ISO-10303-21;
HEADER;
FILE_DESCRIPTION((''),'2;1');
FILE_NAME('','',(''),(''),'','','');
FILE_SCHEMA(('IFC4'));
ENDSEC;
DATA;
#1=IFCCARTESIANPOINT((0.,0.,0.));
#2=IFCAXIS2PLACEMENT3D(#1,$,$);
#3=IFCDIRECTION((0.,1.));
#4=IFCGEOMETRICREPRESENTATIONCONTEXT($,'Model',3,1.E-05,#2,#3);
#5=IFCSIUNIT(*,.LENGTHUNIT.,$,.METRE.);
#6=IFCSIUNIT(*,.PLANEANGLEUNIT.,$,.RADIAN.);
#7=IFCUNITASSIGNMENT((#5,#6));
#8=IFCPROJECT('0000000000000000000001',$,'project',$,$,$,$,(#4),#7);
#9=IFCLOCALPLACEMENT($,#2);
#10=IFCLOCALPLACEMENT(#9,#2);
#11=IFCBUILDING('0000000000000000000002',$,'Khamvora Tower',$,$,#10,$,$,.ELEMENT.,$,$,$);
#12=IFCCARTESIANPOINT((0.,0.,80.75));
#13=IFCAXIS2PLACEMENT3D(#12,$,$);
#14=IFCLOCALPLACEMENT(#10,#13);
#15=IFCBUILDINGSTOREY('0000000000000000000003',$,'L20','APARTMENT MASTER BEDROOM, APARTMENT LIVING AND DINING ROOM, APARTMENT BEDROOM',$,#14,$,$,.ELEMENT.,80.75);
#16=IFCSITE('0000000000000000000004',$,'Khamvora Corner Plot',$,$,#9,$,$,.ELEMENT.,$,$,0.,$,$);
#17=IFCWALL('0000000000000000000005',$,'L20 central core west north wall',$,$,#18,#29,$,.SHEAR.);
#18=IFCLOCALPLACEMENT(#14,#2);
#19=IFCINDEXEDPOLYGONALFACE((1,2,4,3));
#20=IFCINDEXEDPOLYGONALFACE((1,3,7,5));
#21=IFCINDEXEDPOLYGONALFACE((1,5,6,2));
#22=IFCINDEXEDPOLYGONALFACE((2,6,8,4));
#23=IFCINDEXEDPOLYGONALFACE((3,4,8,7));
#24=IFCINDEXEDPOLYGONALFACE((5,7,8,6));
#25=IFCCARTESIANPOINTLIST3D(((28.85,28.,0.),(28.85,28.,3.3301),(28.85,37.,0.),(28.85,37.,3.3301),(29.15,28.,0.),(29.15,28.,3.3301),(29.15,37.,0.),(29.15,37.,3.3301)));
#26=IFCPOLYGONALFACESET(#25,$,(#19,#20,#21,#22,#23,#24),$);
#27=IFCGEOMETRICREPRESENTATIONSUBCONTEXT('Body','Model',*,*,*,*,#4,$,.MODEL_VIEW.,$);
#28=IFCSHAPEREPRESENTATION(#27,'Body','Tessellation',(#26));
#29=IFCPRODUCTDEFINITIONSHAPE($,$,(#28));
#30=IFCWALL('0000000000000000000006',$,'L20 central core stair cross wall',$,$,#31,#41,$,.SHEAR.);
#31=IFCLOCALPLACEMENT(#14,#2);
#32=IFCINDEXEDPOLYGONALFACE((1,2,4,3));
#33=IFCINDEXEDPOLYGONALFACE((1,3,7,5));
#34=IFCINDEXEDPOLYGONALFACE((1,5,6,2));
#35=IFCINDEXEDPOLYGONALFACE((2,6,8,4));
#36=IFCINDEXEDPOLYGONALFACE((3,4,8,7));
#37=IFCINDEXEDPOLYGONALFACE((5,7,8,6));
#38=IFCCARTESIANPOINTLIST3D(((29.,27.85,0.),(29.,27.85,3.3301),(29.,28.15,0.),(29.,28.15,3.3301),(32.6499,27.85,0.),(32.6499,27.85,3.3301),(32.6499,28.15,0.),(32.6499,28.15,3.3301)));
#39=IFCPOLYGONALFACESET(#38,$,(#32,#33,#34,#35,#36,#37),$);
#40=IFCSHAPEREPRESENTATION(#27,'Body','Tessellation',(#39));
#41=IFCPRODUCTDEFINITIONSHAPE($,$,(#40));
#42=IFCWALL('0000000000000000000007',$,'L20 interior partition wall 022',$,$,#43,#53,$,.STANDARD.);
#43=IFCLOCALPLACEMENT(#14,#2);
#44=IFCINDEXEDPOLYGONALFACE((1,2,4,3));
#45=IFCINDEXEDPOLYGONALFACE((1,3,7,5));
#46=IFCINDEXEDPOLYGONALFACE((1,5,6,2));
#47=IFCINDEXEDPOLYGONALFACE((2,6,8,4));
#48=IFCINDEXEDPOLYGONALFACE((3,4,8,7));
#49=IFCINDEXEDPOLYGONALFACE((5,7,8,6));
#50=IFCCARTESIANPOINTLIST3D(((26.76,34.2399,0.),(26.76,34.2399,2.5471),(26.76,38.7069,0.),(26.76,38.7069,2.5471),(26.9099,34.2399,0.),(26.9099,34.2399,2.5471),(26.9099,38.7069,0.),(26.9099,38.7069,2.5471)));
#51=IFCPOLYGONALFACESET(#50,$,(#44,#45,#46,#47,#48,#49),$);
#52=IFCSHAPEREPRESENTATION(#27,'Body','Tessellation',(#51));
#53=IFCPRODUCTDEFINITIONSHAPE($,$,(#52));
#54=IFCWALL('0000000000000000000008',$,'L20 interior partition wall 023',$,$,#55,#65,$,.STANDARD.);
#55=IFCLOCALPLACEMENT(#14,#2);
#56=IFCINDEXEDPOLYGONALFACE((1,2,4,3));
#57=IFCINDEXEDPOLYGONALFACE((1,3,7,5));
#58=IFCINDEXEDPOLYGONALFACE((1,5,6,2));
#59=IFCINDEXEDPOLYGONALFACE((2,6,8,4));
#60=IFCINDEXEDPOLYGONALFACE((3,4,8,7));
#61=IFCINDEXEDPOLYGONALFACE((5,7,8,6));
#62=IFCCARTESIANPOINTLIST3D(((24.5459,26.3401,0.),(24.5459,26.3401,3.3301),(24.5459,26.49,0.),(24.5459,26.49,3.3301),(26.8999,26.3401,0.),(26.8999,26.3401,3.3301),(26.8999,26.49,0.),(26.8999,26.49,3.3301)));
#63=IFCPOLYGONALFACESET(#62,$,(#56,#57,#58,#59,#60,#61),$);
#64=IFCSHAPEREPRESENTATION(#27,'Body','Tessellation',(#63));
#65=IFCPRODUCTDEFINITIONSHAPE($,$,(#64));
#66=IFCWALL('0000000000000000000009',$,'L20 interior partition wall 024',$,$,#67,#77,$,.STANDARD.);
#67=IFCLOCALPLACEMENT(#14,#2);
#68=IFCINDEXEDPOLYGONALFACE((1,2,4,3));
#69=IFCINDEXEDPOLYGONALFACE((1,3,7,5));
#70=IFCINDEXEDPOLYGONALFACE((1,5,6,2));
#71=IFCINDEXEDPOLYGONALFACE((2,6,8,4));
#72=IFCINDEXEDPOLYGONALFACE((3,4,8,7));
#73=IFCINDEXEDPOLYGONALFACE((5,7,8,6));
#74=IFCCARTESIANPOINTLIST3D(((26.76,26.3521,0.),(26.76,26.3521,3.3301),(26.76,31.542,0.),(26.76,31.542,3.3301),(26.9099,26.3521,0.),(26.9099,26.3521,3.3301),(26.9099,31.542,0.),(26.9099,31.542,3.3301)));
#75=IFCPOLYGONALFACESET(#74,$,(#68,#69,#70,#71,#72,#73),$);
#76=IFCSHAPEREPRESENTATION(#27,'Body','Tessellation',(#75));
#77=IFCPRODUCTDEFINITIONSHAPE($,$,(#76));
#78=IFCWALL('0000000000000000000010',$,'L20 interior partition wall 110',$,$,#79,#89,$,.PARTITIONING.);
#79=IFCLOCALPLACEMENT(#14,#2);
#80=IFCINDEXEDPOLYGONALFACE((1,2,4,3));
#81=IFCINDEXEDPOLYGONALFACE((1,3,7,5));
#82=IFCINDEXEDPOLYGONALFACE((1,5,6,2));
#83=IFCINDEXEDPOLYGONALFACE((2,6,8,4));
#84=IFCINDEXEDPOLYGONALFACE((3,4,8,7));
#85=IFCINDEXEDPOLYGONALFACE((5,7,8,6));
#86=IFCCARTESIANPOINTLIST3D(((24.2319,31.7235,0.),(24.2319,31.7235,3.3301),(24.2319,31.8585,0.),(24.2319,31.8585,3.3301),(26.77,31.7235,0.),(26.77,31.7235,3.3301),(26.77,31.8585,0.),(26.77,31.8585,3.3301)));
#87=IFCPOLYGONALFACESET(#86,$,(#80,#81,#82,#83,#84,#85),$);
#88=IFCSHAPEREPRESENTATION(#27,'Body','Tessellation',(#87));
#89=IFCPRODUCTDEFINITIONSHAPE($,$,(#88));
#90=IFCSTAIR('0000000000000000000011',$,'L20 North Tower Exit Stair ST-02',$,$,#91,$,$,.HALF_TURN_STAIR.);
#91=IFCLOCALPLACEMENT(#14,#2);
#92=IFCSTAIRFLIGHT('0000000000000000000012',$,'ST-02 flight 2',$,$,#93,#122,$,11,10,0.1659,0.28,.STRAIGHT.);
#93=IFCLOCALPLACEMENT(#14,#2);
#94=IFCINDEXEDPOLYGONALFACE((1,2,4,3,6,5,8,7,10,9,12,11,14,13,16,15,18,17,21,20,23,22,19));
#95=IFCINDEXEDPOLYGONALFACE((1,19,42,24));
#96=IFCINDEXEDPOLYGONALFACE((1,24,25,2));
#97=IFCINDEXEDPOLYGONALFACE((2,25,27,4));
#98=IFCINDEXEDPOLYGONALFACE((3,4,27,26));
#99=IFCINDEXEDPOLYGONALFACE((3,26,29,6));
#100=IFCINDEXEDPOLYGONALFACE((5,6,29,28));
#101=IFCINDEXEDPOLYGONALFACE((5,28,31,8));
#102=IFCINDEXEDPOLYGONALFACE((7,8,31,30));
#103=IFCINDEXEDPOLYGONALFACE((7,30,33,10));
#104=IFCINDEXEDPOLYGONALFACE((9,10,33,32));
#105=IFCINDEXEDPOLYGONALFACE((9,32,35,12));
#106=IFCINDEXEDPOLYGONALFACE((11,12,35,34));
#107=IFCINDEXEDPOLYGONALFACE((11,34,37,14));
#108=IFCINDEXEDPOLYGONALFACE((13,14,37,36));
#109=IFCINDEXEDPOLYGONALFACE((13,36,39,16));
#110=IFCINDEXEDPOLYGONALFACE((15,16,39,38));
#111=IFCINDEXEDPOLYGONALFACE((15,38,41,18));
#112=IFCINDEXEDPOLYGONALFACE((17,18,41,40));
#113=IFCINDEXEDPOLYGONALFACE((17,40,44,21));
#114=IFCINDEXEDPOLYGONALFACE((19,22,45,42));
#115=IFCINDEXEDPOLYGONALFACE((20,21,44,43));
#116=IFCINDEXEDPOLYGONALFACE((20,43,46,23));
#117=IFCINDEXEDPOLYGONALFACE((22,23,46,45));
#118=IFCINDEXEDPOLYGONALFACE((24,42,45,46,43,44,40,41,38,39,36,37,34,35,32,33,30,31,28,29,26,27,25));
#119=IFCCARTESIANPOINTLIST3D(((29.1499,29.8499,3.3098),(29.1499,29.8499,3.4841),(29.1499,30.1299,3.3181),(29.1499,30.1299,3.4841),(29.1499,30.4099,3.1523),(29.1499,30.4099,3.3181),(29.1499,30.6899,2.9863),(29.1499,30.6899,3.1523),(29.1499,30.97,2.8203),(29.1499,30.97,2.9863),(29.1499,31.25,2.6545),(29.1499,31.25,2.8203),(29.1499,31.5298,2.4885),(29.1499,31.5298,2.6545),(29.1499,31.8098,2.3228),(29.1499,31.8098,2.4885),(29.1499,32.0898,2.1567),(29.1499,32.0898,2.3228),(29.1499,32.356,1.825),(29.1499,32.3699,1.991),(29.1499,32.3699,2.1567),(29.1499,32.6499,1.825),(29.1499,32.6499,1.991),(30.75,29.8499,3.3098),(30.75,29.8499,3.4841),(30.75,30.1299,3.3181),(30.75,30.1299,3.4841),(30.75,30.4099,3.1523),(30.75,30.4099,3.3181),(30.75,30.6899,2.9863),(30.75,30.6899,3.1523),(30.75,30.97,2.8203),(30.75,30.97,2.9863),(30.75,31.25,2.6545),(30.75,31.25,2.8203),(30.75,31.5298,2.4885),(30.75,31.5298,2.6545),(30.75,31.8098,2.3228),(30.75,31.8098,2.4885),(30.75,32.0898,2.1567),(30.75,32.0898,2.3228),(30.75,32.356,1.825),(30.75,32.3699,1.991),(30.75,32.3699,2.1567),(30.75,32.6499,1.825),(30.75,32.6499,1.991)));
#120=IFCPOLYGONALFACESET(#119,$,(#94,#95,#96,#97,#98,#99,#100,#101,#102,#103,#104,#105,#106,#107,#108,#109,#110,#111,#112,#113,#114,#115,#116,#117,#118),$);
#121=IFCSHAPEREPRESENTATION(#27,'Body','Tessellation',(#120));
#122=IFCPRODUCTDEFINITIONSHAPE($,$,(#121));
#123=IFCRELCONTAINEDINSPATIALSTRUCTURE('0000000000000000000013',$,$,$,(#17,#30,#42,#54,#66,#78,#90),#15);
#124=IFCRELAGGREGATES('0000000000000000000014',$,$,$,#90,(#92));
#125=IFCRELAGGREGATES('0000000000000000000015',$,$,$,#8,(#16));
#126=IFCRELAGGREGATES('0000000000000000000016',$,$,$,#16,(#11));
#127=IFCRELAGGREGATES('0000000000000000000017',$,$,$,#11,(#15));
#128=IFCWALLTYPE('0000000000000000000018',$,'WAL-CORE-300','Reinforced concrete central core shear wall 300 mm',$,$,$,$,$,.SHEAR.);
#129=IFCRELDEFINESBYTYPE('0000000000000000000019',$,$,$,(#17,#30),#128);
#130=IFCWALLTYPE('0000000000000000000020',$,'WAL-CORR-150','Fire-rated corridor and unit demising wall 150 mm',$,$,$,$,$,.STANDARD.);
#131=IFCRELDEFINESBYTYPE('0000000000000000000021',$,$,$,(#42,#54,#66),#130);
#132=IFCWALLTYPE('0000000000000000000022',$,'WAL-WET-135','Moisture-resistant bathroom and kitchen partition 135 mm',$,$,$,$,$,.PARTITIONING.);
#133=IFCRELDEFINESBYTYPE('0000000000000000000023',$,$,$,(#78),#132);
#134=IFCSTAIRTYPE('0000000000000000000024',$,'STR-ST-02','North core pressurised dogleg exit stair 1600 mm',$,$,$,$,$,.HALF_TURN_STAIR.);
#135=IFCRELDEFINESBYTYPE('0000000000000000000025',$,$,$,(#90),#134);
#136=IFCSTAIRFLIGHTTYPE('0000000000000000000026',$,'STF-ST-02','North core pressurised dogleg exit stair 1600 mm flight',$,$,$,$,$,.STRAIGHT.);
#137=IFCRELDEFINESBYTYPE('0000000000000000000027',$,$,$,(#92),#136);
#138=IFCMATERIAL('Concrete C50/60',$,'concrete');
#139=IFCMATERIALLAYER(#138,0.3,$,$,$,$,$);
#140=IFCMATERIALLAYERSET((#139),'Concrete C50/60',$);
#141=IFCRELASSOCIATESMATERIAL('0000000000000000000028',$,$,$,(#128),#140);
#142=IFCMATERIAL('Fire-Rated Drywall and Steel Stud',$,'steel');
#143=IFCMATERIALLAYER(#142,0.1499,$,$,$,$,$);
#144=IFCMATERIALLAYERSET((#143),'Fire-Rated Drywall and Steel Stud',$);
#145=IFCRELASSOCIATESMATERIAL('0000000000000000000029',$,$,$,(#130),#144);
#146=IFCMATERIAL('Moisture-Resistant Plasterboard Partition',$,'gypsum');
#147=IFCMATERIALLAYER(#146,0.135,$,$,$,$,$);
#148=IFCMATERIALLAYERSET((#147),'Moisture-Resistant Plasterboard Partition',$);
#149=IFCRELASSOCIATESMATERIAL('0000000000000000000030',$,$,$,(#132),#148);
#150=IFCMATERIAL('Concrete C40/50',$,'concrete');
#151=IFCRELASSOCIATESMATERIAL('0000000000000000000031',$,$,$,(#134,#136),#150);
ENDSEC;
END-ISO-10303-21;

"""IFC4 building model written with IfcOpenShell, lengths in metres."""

from ifc_helpers import new_model, si_unit, direction, frame, frame_2d, origin, place, context, subcontext, project, spatial, polyline, rectangle, outline, extrude, material, layer, layer_set, type_object, element, aggregate, save


model = new_model("IFC4")

# Units and contexts
model_context = context("Model", 3, precision=1e-05, world=origin(), true_north=direction((0.0, 1.0)))
body_context = subcontext(model_context, "Body", "Model", "MODEL_VIEW")
ifc_project = project(units=[si_unit("LENGTHUNIT", "METRE"), si_unit("PLANEANGLEUNIT", "RADIAN")], contexts=[model_context])

# Site, building, storey
site_placement = place(None, origin())
site = spatial("IfcSite", under=ifc_project, at=site_placement, Name="Khamvora Corner Plot", CompositionType="ELEMENT", RefElevation=0.0)
building_placement = place(site_placement, origin())
building = spatial("IfcBuilding", under=site, at=building_placement, Name="Khamvora Tower", CompositionType="ELEMENT")
storey_placement = place(building_placement, frame((0.0, 0.0, 80.75)))
storey = spatial("IfcBuildingStorey", under=building, at=storey_placement, Name="L20", Description="APARTMENT MASTER BEDROOM, APARTMENT LIVING AND DINING ROOM, APARTMENT BEDROOM", CompositionType="ELEMENT", Elevation=80.75)

# Walls
ifc_material_1 = material(Name="Concrete C50/60", Category="concrete")
ifc_layer_1 = layer(ifc_material_1, 0.3)
ifc_layer_set_1 = layer_set([ifc_layer_1], Name="Concrete C50/60")
wall_type_1 = type_object("IfcWallType", Name="WAL-CORE-300", Description="Reinforced concrete central core shear wall 300 mm", PredefinedType="SHEAR", material=ifc_layer_set_1)
wall_1_placement = place(storey_placement, frame((29.0, 28.0, 0.0), z_axis=(0.0, 0.0, 1.0), x_axis=(0.0, 1.0, 0.0)))
element("IfcWall", 1, at=wall_1_placement, inside=storey, type_object=wall_type_1, Name="L20 central core west north wall", PredefinedType="SHEAR", context=body_context, shape_type="SweptSolid", body=[
    extrude(rectangle(XDim=9.0, YDim=0.3, at=frame_2d((4.5, 0.0))), origin(), (0.0, 0.0, 1.0), 3.3301),
])
wall_2_placement = place(storey_placement, frame((29.0, 28.0, 0.0), z_axis=(0.0, 0.0, 1.0), x_axis=(1.0, 0.0, 0.0)))
element("IfcWall", 2, at=wall_2_placement, inside=storey, type_object=wall_type_1, Name="L20 central core stair cross wall", PredefinedType="SHEAR", context=body_context, shape_type="SweptSolid", body=[
    extrude(rectangle(XDim=3.6499, YDim=0.3, at=frame_2d((1.825, 0.0))), origin(), (0.0, 0.0, 1.0), 3.3301),
])

# Shared definitions
ifc_material_2 = material(Name="Fire-Rated Drywall and Steel Stud", Category="steel")
ifc_layer_2 = layer(ifc_material_2, 0.1499)
ifc_layer_set_2 = layer_set([ifc_layer_2], Name="Fire-Rated Drywall and Steel Stud")
wall_type_2 = type_object("IfcWallType", Name="WAL-CORR-150", Description="Fire-rated corridor and unit demising wall 150 mm", PredefinedType="STANDARD", material=ifc_layer_set_2)

# Walls
wall_3_placement = place(storey_placement, frame((26.835, 34.24, 0.0), z_axis=(0.0, 0.0, 1.0), x_axis=(0.0, 1.0, 0.0)))
element("IfcWall", 3, at=wall_3_placement, inside=storey, type_object=wall_type_2, Name="L20 interior partition wall 022", PredefinedType="STANDARD", context=body_context, shape_type="SweptSolid", body=[
    extrude(rectangle(XDim=4.467, YDim=0.1499, at=frame_2d((2.2334, 0.0))), origin(), (0.0, 0.0, 1.0), 2.5471),
])
wall_4_placement = place(storey_placement, frame((24.5459, 26.415, 0.0), z_axis=(0.0, 0.0, 1.0), x_axis=(1.0, 0.0, 0.0)))
element("IfcWall", 4, at=wall_4_placement, inside=storey, type_object=wall_type_2, Name="L20 interior partition wall 023", PredefinedType="STANDARD", context=body_context, shape_type="SweptSolid", body=[
    extrude(rectangle(XDim=2.354, YDim=0.1499, at=frame_2d((1.177, 0.0))), origin(), (0.0, 0.0, 1.0), 3.3301),
])
wall_5_placement = place(storey_placement, frame((26.835, 26.3521, 0.0), z_axis=(0.0, 0.0, 1.0), x_axis=(0.0, 1.0, 0.0)))
element("IfcWall", 5, at=wall_5_placement, inside=storey, type_object=wall_type_2, Name="L20 interior partition wall 024", PredefinedType="STANDARD", context=body_context, shape_type="SweptSolid", body=[
    extrude(rectangle(XDim=5.1899, YDim=0.1499, at=frame_2d((2.595, 0.0))), origin(), (0.0, 0.0, 1.0), 3.3301),
])
ifc_material_3 = material(Name="Moisture-Resistant Plasterboard Partition", Category="gypsum")
ifc_layer_3 = layer(ifc_material_3, 0.135)
ifc_layer_set_3 = layer_set([ifc_layer_3], Name="Moisture-Resistant Plasterboard Partition")
wall_type_3 = type_object("IfcWallType", Name="WAL-WET-135", Description="Moisture-resistant bathroom and kitchen partition 135 mm", PredefinedType="PARTITIONING", material=ifc_layer_set_3)
wall_6_placement = place(storey_placement, frame((26.77, 31.791, 0.0), z_axis=(0.0, 0.0, 1.0), x_axis=(-1.0, 0.0, 0.0)))
element("IfcWall", 6, at=wall_6_placement, inside=storey, type_object=wall_type_3, Name="L20 interior partition wall 110", PredefinedType="PARTITIONING", context=body_context, shape_type="SweptSolid", body=[
    extrude(rectangle(XDim=2.5381, YDim=0.135, at=frame_2d((1.269, 0.0))), origin(), (0.0, 0.0, 1.0), 3.3301),
])

# Stair, stair flight
ifc_material_4 = material(Name="Concrete C40/50", Category="concrete")
stair_type = type_object("IfcStairType", Name="STR-ST-02", Description="North core pressurised dogleg exit stair 1600 mm", PredefinedType="HALF_TURN_STAIR", material=ifc_material_4)
stair_placement = place(storey_placement, origin())
stair = element("IfcStair", 7, at=stair_placement, inside=storey, type_object=stair_type, Name="L20 North Tower Exit Stair ST-02", PredefinedType="HALF_TURN_STAIR")
stair_flight_type = type_object("IfcStairFlightType", Name="STF-ST-02", Description="North core pressurised dogleg exit stair 1600 mm flight", PredefinedType="STRAIGHT", material=ifc_material_4)
stair_flight_placement = place(storey_placement, frame((29.95, 32.6499, 1.825), z_axis=(0.0, 0.0, 1.0), x_axis=(0.0, -1.0, 0.0)))
stair_flight = element("IfcStairFlight", 8, at=stair_flight_placement, type_object=stair_flight_type, Name="ST-02 flight 2", NumberOfRisers=11, NumberOfTreads=10, PredefinedType="STRAIGHT", RiserHeight=0.1659, TreadLength=0.28, context=body_context, shape_type="SweptSolid", body=[
    extrude(outline(polyline([(0.0, 0.0), (0.0, 0.166), (0.28, 0.166), (0.28, 0.3318), (0.5601, 0.3318), (0.5601, 0.4978), (0.8401, 0.4978), (0.8401, 0.6636), (1.1201, 0.6636), (1.1201, 0.8296), (1.3999, 0.8296), (1.3999, 0.9954), (1.6799, 0.9954), (1.6799, 1.1614), (1.96, 1.1614), (1.96, 1.3274), (2.24, 1.3274), (2.24, 1.4932), (2.52, 1.4932), (2.52, 1.6592), (2.8, 1.6592), (2.8, 1.825), (2.8, 1.4849), (0.2939, 0.0), (0.0, 0.0)])), frame((0.0, 0.8, 0.0), z_axis=(0.0, -1.0, 0.0), x_axis=(1.0, 0.0, 0.0)), (0.0, 0.0, 1.0), 1.6001),
])
aggregate(stair, [stair_flight])

save(model, "model.ifc")
